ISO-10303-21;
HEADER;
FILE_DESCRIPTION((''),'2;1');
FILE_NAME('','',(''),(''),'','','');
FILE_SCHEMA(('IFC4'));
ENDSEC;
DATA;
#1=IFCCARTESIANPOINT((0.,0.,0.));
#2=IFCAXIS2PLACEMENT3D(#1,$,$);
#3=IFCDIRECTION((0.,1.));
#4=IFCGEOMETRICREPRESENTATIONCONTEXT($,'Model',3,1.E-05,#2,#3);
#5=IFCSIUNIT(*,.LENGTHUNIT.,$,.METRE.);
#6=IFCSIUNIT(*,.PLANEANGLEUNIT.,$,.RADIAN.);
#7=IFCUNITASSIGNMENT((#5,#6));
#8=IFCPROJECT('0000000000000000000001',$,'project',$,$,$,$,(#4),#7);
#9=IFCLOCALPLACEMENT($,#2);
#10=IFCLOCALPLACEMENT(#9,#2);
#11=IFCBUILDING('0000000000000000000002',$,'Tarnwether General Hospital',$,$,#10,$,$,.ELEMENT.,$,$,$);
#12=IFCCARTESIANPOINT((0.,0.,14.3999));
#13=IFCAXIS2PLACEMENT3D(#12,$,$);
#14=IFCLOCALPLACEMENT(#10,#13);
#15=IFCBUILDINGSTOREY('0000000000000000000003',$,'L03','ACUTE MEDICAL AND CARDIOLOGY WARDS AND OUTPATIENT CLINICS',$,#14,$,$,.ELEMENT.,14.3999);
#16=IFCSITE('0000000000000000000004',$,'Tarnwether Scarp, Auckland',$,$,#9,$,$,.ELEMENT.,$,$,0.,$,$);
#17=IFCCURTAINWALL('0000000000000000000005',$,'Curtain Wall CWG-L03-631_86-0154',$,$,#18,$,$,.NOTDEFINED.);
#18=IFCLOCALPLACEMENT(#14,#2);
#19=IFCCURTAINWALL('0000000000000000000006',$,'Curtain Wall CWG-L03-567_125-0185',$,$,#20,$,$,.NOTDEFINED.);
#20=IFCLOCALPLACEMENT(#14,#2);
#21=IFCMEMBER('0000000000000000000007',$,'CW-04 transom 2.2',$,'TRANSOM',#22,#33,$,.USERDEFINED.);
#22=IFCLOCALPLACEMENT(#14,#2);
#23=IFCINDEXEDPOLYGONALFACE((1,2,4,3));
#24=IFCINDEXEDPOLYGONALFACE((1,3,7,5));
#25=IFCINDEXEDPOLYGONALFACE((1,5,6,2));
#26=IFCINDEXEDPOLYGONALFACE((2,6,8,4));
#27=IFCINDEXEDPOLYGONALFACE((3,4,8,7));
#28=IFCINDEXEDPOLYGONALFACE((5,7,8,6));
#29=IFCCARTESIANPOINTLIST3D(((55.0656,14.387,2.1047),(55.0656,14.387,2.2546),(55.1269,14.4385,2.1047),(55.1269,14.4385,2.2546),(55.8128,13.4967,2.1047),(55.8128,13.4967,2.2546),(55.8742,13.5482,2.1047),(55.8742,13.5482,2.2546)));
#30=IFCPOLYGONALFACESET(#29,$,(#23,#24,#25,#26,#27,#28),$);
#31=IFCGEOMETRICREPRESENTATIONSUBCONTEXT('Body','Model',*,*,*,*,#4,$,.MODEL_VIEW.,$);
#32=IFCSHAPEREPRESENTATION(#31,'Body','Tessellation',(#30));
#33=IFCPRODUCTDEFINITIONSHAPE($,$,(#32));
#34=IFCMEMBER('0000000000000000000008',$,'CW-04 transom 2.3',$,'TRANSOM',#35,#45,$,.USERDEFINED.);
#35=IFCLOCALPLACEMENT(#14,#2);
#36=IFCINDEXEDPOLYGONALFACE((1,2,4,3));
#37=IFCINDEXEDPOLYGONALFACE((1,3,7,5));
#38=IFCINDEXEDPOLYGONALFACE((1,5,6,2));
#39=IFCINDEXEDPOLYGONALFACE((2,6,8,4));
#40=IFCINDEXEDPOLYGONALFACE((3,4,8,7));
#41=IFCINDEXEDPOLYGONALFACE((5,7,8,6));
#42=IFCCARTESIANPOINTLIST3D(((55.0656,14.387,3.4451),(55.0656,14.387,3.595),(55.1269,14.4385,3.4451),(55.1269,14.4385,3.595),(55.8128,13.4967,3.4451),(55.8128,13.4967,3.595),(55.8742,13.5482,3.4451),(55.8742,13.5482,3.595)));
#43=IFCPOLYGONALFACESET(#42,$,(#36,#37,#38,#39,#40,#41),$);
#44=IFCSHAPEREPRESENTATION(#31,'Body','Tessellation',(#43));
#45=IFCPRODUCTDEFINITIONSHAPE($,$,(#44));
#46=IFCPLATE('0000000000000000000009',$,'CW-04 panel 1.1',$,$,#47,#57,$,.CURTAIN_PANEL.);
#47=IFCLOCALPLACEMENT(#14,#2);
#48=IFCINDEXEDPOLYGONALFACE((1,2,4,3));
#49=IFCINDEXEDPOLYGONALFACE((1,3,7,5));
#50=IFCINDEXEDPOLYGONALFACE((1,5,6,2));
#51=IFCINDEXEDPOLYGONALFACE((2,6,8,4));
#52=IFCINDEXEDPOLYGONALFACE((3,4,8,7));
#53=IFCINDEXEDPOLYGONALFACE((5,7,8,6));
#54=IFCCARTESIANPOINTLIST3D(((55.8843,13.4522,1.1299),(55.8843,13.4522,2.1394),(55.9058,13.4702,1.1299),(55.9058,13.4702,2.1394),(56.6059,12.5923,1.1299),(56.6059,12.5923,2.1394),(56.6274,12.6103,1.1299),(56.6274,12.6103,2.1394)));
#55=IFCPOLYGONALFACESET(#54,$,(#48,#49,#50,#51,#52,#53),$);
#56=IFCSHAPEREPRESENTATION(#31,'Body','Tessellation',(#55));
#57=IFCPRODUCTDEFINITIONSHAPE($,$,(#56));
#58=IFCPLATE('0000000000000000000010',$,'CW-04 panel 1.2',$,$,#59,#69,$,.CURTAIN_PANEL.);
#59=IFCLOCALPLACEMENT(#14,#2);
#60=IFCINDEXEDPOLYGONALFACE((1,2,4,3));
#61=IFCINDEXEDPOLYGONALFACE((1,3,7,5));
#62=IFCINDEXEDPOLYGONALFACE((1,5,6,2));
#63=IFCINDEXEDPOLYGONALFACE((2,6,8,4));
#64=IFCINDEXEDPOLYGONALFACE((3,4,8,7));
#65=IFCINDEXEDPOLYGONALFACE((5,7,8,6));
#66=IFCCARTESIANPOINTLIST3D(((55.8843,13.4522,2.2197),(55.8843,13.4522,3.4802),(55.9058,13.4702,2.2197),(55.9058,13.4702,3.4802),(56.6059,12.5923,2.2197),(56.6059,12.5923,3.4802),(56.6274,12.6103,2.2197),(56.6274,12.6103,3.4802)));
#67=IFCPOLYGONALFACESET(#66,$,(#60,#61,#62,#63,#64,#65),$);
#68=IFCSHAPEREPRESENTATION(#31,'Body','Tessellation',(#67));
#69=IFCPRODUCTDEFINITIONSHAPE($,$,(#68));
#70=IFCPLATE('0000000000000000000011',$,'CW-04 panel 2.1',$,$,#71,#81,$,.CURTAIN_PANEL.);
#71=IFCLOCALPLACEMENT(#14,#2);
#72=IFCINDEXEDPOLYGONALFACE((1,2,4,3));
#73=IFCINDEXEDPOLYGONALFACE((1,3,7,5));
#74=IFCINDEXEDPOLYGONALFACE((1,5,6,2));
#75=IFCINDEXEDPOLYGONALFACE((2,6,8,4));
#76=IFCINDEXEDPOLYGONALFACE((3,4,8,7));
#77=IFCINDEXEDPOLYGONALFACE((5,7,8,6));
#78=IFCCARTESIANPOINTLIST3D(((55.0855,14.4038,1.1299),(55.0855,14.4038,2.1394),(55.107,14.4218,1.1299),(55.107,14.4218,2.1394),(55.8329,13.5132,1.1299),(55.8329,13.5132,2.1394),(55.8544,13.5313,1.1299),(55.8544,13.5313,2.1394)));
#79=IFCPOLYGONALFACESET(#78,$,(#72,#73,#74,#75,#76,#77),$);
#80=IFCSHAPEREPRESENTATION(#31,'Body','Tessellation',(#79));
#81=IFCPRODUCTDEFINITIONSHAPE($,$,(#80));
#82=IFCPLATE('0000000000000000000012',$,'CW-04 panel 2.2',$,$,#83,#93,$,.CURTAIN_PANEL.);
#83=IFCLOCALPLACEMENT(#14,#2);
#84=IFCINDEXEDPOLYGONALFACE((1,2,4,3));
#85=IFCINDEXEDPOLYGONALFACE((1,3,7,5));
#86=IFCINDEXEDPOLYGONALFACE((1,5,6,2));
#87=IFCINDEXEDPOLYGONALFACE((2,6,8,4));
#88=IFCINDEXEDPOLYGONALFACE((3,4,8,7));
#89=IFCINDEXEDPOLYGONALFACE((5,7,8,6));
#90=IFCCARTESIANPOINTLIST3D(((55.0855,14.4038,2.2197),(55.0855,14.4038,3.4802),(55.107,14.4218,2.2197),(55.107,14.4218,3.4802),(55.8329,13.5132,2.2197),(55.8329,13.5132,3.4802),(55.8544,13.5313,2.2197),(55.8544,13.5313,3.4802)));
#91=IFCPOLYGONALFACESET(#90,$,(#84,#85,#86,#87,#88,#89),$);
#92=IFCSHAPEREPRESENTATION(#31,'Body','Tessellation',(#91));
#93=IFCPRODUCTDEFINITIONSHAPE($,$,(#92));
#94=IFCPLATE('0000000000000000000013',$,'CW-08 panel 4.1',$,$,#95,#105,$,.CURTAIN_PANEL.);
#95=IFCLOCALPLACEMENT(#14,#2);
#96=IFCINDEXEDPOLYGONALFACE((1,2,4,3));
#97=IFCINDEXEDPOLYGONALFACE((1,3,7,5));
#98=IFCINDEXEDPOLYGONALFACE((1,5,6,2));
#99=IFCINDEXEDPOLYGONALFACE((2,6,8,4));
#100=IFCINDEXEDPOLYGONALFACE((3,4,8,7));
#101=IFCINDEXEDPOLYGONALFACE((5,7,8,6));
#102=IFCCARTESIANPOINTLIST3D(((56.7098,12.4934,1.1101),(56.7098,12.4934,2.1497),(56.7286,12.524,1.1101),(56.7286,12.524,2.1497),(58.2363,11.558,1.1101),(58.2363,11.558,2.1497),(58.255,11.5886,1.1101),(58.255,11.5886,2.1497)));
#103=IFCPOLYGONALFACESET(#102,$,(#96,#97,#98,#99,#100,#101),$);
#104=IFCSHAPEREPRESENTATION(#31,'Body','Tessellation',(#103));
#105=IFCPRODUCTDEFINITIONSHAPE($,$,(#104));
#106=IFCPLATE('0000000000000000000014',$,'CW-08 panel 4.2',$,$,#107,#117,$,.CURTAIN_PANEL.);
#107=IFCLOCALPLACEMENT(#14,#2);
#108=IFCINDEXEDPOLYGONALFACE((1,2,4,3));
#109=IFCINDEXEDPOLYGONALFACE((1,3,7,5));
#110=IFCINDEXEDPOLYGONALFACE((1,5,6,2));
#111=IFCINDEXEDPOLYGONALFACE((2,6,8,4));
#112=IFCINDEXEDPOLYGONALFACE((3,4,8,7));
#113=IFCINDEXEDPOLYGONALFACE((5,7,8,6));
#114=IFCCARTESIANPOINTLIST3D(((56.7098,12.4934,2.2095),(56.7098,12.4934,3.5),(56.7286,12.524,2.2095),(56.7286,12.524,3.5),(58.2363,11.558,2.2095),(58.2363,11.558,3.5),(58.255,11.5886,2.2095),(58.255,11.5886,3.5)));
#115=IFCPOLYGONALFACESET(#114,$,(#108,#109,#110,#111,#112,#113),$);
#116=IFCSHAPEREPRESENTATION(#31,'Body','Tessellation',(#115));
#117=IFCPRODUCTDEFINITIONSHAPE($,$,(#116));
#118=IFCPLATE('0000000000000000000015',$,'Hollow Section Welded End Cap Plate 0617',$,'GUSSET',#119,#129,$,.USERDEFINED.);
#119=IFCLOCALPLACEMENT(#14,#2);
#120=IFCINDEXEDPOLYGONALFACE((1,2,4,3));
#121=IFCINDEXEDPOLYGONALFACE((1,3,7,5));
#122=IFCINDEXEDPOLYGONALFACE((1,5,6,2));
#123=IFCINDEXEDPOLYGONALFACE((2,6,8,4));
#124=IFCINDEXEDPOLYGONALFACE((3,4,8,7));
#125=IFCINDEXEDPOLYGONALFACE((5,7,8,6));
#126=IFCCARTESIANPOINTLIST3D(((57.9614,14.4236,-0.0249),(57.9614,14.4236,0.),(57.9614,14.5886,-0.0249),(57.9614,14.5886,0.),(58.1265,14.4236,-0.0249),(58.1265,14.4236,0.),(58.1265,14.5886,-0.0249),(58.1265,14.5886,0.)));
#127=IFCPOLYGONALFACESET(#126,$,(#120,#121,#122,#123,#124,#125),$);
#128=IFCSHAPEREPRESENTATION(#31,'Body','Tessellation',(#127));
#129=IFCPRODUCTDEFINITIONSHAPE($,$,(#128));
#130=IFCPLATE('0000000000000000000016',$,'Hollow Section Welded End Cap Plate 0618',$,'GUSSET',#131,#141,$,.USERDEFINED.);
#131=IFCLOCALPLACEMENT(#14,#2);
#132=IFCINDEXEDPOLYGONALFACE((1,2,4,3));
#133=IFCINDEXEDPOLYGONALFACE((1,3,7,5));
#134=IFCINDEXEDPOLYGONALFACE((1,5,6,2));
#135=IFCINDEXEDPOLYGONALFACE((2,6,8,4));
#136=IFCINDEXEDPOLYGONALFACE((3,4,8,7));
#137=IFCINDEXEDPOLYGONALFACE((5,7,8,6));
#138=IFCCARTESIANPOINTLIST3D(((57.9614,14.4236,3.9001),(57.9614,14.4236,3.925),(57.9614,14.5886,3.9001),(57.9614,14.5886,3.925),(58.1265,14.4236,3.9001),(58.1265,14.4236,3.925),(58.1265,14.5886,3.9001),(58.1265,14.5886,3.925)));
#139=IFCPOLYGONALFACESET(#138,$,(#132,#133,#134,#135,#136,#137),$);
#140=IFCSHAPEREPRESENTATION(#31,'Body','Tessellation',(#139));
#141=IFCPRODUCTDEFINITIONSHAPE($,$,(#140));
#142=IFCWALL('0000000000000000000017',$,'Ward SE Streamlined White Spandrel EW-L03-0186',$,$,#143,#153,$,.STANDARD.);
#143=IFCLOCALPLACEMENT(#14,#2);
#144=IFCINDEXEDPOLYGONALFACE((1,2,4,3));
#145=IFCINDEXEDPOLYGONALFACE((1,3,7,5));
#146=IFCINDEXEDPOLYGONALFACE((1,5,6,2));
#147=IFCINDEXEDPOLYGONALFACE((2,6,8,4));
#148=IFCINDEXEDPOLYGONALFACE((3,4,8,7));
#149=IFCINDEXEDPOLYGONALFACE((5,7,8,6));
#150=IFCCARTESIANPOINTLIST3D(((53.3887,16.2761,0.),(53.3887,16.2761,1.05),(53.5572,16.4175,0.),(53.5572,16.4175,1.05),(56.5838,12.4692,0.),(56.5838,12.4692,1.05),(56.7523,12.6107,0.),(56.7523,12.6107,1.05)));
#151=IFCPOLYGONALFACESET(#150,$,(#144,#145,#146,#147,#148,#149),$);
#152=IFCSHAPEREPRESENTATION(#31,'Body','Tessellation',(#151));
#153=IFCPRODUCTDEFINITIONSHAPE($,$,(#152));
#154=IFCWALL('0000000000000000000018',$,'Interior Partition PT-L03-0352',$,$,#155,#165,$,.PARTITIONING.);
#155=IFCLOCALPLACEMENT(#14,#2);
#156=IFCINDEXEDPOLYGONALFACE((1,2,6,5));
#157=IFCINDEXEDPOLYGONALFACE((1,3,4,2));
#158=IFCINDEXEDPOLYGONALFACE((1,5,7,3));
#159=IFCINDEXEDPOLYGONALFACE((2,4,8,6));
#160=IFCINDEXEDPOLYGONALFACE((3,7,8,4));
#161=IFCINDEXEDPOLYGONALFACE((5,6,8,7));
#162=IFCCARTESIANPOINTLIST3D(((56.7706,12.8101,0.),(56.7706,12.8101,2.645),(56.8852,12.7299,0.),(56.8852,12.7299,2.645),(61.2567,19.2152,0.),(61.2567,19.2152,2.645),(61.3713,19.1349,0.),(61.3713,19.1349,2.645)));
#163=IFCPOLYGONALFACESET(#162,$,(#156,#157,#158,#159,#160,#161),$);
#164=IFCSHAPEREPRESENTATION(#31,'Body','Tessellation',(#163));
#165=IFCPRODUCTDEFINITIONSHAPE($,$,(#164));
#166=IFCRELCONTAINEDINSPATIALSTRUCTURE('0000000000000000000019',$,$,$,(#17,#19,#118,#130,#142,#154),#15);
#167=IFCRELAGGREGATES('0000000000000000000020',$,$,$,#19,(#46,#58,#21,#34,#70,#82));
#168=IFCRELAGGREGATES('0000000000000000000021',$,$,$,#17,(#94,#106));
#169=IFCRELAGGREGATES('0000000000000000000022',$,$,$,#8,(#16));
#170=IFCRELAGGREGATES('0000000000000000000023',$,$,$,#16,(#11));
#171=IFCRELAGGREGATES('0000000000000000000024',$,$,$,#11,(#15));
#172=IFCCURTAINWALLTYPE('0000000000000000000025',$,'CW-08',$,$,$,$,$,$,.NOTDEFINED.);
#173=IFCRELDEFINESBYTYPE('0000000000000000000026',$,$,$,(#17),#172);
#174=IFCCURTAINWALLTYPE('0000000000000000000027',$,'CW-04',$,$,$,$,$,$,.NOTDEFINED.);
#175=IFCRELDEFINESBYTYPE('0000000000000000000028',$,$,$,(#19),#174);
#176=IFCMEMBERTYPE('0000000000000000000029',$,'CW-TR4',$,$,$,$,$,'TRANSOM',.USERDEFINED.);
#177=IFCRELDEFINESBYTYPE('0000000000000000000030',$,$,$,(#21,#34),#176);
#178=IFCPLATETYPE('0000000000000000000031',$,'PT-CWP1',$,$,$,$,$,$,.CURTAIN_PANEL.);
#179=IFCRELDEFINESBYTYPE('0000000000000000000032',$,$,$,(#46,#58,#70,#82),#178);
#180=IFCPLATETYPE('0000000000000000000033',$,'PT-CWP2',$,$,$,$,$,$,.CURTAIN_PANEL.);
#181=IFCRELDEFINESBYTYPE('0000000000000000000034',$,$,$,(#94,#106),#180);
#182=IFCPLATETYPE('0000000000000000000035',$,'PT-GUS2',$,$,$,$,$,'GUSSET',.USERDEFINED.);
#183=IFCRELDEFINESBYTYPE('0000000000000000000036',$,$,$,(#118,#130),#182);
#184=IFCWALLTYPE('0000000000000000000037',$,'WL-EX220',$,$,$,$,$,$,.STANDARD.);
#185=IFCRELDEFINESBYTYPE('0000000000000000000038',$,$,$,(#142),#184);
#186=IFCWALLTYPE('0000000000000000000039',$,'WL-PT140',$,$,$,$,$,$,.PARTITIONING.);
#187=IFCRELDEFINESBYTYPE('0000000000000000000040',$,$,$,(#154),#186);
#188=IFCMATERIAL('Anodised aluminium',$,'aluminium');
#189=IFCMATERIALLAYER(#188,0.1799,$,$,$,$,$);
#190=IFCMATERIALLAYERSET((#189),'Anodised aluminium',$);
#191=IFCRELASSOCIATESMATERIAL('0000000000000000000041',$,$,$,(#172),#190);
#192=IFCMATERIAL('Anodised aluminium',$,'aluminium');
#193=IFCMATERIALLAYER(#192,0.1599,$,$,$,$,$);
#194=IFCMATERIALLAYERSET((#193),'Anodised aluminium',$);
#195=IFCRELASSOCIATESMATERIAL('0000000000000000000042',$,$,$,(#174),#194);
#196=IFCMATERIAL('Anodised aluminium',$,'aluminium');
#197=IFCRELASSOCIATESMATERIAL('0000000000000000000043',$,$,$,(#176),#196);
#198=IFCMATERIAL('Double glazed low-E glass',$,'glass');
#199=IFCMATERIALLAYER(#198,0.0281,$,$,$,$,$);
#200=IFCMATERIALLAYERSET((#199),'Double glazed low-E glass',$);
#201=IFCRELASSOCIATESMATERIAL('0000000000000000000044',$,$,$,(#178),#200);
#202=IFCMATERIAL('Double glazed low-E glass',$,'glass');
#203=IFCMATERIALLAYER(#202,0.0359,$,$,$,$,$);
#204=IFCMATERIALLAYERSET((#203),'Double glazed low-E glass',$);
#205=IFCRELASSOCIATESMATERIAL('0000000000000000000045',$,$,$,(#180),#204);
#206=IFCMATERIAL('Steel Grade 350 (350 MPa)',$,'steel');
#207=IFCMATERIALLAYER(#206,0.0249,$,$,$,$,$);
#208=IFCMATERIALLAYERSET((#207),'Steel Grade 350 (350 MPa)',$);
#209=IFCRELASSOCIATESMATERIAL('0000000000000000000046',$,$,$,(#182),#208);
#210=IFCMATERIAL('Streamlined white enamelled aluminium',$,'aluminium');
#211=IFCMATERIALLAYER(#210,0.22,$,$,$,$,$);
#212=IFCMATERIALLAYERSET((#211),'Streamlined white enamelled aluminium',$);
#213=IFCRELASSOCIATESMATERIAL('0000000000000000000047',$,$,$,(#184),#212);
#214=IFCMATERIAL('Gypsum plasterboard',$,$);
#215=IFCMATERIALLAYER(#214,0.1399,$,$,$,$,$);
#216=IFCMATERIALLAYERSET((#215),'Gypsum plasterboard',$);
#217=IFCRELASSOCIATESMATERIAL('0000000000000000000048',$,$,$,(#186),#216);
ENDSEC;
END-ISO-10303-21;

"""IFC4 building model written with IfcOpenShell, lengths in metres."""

from ifc_helpers import new_model, si_unit, direction, frame, frame_2d, origin, origin_2d, place, context, subcontext, project, spatial, rectangle, extrude, material, layer, layer_set, material_profile, profile_set, type_object, element, aggregate, save


model = new_model("IFC4")

# Units and contexts
model_context = context("Model", 3, precision=1e-05, world=origin(), true_north=direction((0.0, 1.0)))
body_context = subcontext(model_context, "Body", "Model", "MODEL_VIEW")
ifc_project = project(units=[si_unit("LENGTHUNIT", "METRE"), si_unit("PLANEANGLEUNIT", "RADIAN")], contexts=[model_context])

# Site, building, storey
site_placement = place(None, origin())
site = spatial("IfcSite", under=ifc_project, at=site_placement, Name="Tarnwether Scarp, Auckland", CompositionType="ELEMENT", RefElevation=0.0)
building_placement = place(site_placement, origin())
building = spatial("IfcBuilding", under=site, at=building_placement, Name="Tarnwether General Hospital", CompositionType="ELEMENT")
storey_placement = place(building_placement, frame((0.0, 0.0, 14.3999)))
storey = spatial("IfcBuildingStorey", under=building, at=storey_placement, Name="L03", Description="ACUTE MEDICAL AND CARDIOLOGY WARDS AND OUTPATIENT CLINICS", CompositionType="ELEMENT", Elevation=14.3999)

# Curtain wall
ifc_material_1 = material(Name="Anodised aluminium", Category="aluminium")
ifc_layer_1 = layer(ifc_material_1, 0.1799)
ifc_layer_set_1 = layer_set([ifc_layer_1], Name="Anodised aluminium")
curtain_wall_type_1 = type_object("IfcCurtainWallType", Name="CW-08", PredefinedType="NOTDEFINED", material=ifc_layer_set_1)
curtain_wall_1_placement = place(storey_placement, origin())
curtain_wall_1 = element("IfcCurtainWall", 1, at=curtain_wall_1_placement, inside=storey, type_object=curtain_wall_type_1, Name="Curtain Wall CWG-L03-631_86-0154", PredefinedType="NOTDEFINED")

# Curtain wall
ifc_material_2 = material(Name="Anodised aluminium", Category="aluminium")
ifc_layer_2 = layer(ifc_material_2, 0.1599)
ifc_layer_set_2 = layer_set([ifc_layer_2], Name="Anodised aluminium")
curtain_wall_type_2 = type_object("IfcCurtainWallType", Name="CW-04", PredefinedType="NOTDEFINED", material=ifc_layer_set_2)
curtain_wall_2_placement = place(storey_placement, origin())
curtain_wall_2 = element("IfcCurtainWall", 2, at=curtain_wall_2_placement, inside=storey, type_object=curtain_wall_type_2, Name="Curtain Wall CWG-L03-567_125-0185", PredefinedType="NOTDEFINED")

# Members
ifc_material_3 = material(Name="Anodised aluminium", Category="aluminium")
ifc_material_profile_1 = material_profile(ifc_material_3, rectangle(XDim=0.0801, YDim=0.1499, at=origin_2d()), Name="ALU-TRN-80x150")
ifc_profile_set_1 = profile_set([ifc_material_profile_1], Name="Anodised aluminium")
member_type_1 = type_object("IfcMemberType", Name="CW-TR4", ElementType="TRANSOM", PredefinedType="USERDEFINED", material=ifc_profile_set_1)
member_1_placement = place(storey_placement, frame((55.8435, 13.5225, 2.1797), z_axis=(-0.642887, 0.765961, 0.0), x_axis=(-0.765961, -0.642887, 0.0)))
member_1 = element("IfcMember", 3, at=member_1_placement, type_object=member_type_1, Name="CW-04 transom 2.2", ObjectType="TRANSOM", PredefinedType="USERDEFINED", context=body_context, shape_type="SweptSolid", body=[
    extrude(rectangle(XDim=0.0801, YDim=0.1499, at=origin_2d()), origin(), (0.0, 0.0, 1.0), 1.1624),
])
member_2_placement = place(storey_placement, frame((55.8435, 13.5225, 3.52), z_axis=(-0.642887, 0.765961, 0.0), x_axis=(-0.765961, -0.642887, 0.0)))
member_2 = element("IfcMember", 4, at=member_2_placement, type_object=member_type_1, Name="CW-04 transom 2.3", ObjectType="TRANSOM", PredefinedType="USERDEFINED", context=body_context, shape_type="SweptSolid", body=[
    extrude(rectangle(XDim=0.0801, YDim=0.1499, at=origin_2d()), origin(), (0.0, 0.0, 1.0), 1.1624),
])

# Plates
ifc_material_4 = material(Name="Double glazed low-E glass", Category="glass")
ifc_layer_3 = layer(ifc_material_4, 0.0281)
ifc_layer_set_3 = layer_set([ifc_layer_3], Name="Double glazed low-E glass")
plate_type_1 = type_object("IfcPlateType", Name="PT-CWP1", PredefinedType="CURTAIN_PANEL", material=ifc_layer_set_3)
plate_1_placement = place(storey_placement, frame((56.2559, 13.0312, 1.1299), z_axis=(0.0, 0.0, 1.0), x_axis=(-0.642852, 0.76599, 0.0)))
plate_1 = element("IfcPlate", 5, at=plate_1_placement, type_object=plate_type_1, Name="CW-04 panel 1.1", PredefinedType="CURTAIN_PANEL", context=body_context, shape_type="SweptSolid", body=[
    extrude(rectangle(XDim=1.1226, YDim=0.0281, at=origin_2d()), origin(), (0.0, 0.0, 1.0), 1.0095),
])
plate_2_placement = place(storey_placement, frame((56.2559, 13.0312, 2.2197), z_axis=(0.0, 0.0, 1.0), x_axis=(-0.642852, 0.76599, 0.0)))
plate_2 = element("IfcPlate", 6, at=plate_2_placement, type_object=plate_type_1, Name="CW-04 panel 1.2", PredefinedType="CURTAIN_PANEL", context=body_context, shape_type="SweptSolid", body=[
    extrude(rectangle(XDim=1.1226, YDim=0.0281, at=origin_2d()), origin(), (0.0, 0.0, 1.0), 1.2605),
])
plate_3_placement = place(storey_placement, frame((55.47, 13.9675, 1.1299), z_axis=(0.0, 0.0, 1.0), x_axis=(-0.642852, 0.76599, 0.0)))
plate_3 = element("IfcPlate", 7, at=plate_3_placement, type_object=plate_type_1, Name="CW-04 panel 2.1", PredefinedType="CURTAIN_PANEL", context=body_context, shape_type="SweptSolid", body=[
    extrude(rectangle(XDim=1.1626, YDim=0.0281, at=origin_2d()), origin(), (0.0, 0.0, 1.0), 1.0095),
])
plate_4_placement = place(storey_placement, frame((55.47, 13.9675, 2.2197), z_axis=(0.0, 0.0, 1.0), x_axis=(-0.642852, 0.76599, 0.0)))
plate_4 = element("IfcPlate", 8, at=plate_4_placement, type_object=plate_type_1, Name="CW-04 panel 2.2", PredefinedType="CURTAIN_PANEL", context=body_context, shape_type="SweptSolid", body=[
    extrude(rectangle(XDim=1.1626, YDim=0.0281, at=origin_2d()), origin(), (0.0, 0.0, 1.0), 1.2605),
])
aggregate(curtain_wall_2, [plate_1, plate_2, member_1, member_2, plate_3, plate_4])
ifc_material_5 = material(Name="Double glazed low-E glass", Category="glass")
ifc_layer_4 = layer(ifc_material_5, 0.0359)
ifc_layer_set_4 = layer_set([ifc_layer_4], Name="Double glazed low-E glass")
plate_type_2 = type_object("IfcPlateType", Name="PT-CWP2", PredefinedType="CURTAIN_PANEL", material=ifc_layer_set_4)
plate_5_placement = place(storey_placement, frame((57.4824, 12.041, 1.1101), z_axis=(0.0, 0.0, 1.0), x_axis=(-0.852634, 0.522509, 0.0)))
plate_5 = element("IfcPlate", 9, at=plate_5_placement, type_object=plate_type_2, Name="CW-08 panel 4.1", PredefinedType="CURTAIN_PANEL", context=body_context, shape_type="SweptSolid", body=[
    extrude(rectangle(XDim=1.7903, YDim=0.0359, at=origin_2d()), origin(), (0.0, 0.0, 1.0), 1.0396),
])
plate_6_placement = place(storey_placement, frame((57.4824, 12.041, 2.2095), z_axis=(0.0, 0.0, 1.0), x_axis=(-0.852634, 0.522509, 0.0)))
plate_6 = element("IfcPlate", 10, at=plate_6_placement, type_object=plate_type_2, Name="CW-08 panel 4.2", PredefinedType="CURTAIN_PANEL", context=body_context, shape_type="SweptSolid", body=[
    extrude(rectangle(XDim=1.7903, YDim=0.0359, at=origin_2d()), origin(), (0.0, 0.0, 1.0), 1.2905),
])
aggregate(curtain_wall_1, [plate_5, plate_6])

# Plates
ifc_material_6 = material(Name="Steel Grade 350 (350 MPa)", Category="steel")
ifc_layer_5 = layer(ifc_material_6, 0.0249)
ifc_layer_set_5 = layer_set([ifc_layer_5], Name="Steel Grade 350 (350 MPa)")
plate_type_3 = type_object("IfcPlateType", Name="PT-GUS2", ElementType="GUSSET", PredefinedType="USERDEFINED", material=ifc_layer_set_5)
for number, where, z_axis, x_axis, name in (
    (11, (58.0439, 14.5061, -0.0249), (0.0, 0.0, 1.0), (1.0, 0.0, 0.0), "Hollow Section Welded End Cap Plate 0617"),
    (12, (58.0439, 14.5061, 3.9001), (0.0, 0.0, 1.0), (1.0, 0.0, 0.0), "Hollow Section Welded End Cap Plate 0618"),
):
    element("IfcPlate", number, at=place(storey_placement, frame(where, z_axis=z_axis, x_axis=x_axis)), inside=storey, type_object=plate_type_3, Name=name, ObjectType="GUSSET", PredefinedType="USERDEFINED", context=body_context, shape_type="SweptSolid", body=[
        extrude(rectangle(XDim=0.165, YDim=0.165, at=origin_2d()), origin(), (0.0, 0.0, 1.0), 0.0249),
    ])

# Walls
ifc_material_7 = material(Name="Streamlined white enamelled aluminium", Category="aluminium")
ifc_layer_6 = layer(ifc_material_7, 0.22)
ifc_layer_set_6 = layer_set([ifc_layer_6], Name="Streamlined white enamelled aluminium")
wall_type_1 = type_object("IfcWallType", Name="WL-EX220", PredefinedType="STANDARD", material=ifc_layer_set_6)
wall_1_placement = place(storey_placement, frame((56.668, 12.54, 0.0), z_axis=(0.0, 0.0, 1.0), x_axis=(-0.642872, 0.765974, 0.0)))
element("IfcWall", 13, at=wall_1_placement, inside=storey, type_object=wall_type_1, Name="Ward SE Streamlined White Spandrel EW-L03-0186", PredefinedType="STANDARD", context=body_context, shape_type="SweptSolid", body=[
    extrude(rectangle(XDim=4.97, YDim=0.22, at=frame_2d((2.4849, 0.0))), origin(), (0.0, 0.0, 1.0), 1.05),
])
ifc_material_8 = material(Name="Gypsum plasterboard")
ifc_layer_7 = layer(ifc_material_8, 0.1399)
ifc_layer_set_7 = layer_set([ifc_layer_7], Name="Gypsum plasterboard")
wall_type_2 = type_object("IfcWallType", Name="WL-PT140", PredefinedType="PARTITIONING", material=ifc_layer_set_7)
wall_2_placement = place(storey_placement, frame((61.314, 19.175, 0.0), z_axis=(0.0, 0.0, 1.0), x_axis=(-0.573682, -0.819078, 0.0)))
element("IfcWall", 14, at=wall_2_placement, inside=storey, type_object=wall_type_2, Name="Interior Partition PT-L03-0352", PredefinedType="PARTITIONING", context=body_context, shape_type="SweptSolid", body=[
    extrude(rectangle(XDim=7.8198, YDim=0.1399, at=frame_2d((3.9099, 0.0))), origin(), (0.0, 0.0, 1.0), 2.645),
])

save(model, "model.ifc")
